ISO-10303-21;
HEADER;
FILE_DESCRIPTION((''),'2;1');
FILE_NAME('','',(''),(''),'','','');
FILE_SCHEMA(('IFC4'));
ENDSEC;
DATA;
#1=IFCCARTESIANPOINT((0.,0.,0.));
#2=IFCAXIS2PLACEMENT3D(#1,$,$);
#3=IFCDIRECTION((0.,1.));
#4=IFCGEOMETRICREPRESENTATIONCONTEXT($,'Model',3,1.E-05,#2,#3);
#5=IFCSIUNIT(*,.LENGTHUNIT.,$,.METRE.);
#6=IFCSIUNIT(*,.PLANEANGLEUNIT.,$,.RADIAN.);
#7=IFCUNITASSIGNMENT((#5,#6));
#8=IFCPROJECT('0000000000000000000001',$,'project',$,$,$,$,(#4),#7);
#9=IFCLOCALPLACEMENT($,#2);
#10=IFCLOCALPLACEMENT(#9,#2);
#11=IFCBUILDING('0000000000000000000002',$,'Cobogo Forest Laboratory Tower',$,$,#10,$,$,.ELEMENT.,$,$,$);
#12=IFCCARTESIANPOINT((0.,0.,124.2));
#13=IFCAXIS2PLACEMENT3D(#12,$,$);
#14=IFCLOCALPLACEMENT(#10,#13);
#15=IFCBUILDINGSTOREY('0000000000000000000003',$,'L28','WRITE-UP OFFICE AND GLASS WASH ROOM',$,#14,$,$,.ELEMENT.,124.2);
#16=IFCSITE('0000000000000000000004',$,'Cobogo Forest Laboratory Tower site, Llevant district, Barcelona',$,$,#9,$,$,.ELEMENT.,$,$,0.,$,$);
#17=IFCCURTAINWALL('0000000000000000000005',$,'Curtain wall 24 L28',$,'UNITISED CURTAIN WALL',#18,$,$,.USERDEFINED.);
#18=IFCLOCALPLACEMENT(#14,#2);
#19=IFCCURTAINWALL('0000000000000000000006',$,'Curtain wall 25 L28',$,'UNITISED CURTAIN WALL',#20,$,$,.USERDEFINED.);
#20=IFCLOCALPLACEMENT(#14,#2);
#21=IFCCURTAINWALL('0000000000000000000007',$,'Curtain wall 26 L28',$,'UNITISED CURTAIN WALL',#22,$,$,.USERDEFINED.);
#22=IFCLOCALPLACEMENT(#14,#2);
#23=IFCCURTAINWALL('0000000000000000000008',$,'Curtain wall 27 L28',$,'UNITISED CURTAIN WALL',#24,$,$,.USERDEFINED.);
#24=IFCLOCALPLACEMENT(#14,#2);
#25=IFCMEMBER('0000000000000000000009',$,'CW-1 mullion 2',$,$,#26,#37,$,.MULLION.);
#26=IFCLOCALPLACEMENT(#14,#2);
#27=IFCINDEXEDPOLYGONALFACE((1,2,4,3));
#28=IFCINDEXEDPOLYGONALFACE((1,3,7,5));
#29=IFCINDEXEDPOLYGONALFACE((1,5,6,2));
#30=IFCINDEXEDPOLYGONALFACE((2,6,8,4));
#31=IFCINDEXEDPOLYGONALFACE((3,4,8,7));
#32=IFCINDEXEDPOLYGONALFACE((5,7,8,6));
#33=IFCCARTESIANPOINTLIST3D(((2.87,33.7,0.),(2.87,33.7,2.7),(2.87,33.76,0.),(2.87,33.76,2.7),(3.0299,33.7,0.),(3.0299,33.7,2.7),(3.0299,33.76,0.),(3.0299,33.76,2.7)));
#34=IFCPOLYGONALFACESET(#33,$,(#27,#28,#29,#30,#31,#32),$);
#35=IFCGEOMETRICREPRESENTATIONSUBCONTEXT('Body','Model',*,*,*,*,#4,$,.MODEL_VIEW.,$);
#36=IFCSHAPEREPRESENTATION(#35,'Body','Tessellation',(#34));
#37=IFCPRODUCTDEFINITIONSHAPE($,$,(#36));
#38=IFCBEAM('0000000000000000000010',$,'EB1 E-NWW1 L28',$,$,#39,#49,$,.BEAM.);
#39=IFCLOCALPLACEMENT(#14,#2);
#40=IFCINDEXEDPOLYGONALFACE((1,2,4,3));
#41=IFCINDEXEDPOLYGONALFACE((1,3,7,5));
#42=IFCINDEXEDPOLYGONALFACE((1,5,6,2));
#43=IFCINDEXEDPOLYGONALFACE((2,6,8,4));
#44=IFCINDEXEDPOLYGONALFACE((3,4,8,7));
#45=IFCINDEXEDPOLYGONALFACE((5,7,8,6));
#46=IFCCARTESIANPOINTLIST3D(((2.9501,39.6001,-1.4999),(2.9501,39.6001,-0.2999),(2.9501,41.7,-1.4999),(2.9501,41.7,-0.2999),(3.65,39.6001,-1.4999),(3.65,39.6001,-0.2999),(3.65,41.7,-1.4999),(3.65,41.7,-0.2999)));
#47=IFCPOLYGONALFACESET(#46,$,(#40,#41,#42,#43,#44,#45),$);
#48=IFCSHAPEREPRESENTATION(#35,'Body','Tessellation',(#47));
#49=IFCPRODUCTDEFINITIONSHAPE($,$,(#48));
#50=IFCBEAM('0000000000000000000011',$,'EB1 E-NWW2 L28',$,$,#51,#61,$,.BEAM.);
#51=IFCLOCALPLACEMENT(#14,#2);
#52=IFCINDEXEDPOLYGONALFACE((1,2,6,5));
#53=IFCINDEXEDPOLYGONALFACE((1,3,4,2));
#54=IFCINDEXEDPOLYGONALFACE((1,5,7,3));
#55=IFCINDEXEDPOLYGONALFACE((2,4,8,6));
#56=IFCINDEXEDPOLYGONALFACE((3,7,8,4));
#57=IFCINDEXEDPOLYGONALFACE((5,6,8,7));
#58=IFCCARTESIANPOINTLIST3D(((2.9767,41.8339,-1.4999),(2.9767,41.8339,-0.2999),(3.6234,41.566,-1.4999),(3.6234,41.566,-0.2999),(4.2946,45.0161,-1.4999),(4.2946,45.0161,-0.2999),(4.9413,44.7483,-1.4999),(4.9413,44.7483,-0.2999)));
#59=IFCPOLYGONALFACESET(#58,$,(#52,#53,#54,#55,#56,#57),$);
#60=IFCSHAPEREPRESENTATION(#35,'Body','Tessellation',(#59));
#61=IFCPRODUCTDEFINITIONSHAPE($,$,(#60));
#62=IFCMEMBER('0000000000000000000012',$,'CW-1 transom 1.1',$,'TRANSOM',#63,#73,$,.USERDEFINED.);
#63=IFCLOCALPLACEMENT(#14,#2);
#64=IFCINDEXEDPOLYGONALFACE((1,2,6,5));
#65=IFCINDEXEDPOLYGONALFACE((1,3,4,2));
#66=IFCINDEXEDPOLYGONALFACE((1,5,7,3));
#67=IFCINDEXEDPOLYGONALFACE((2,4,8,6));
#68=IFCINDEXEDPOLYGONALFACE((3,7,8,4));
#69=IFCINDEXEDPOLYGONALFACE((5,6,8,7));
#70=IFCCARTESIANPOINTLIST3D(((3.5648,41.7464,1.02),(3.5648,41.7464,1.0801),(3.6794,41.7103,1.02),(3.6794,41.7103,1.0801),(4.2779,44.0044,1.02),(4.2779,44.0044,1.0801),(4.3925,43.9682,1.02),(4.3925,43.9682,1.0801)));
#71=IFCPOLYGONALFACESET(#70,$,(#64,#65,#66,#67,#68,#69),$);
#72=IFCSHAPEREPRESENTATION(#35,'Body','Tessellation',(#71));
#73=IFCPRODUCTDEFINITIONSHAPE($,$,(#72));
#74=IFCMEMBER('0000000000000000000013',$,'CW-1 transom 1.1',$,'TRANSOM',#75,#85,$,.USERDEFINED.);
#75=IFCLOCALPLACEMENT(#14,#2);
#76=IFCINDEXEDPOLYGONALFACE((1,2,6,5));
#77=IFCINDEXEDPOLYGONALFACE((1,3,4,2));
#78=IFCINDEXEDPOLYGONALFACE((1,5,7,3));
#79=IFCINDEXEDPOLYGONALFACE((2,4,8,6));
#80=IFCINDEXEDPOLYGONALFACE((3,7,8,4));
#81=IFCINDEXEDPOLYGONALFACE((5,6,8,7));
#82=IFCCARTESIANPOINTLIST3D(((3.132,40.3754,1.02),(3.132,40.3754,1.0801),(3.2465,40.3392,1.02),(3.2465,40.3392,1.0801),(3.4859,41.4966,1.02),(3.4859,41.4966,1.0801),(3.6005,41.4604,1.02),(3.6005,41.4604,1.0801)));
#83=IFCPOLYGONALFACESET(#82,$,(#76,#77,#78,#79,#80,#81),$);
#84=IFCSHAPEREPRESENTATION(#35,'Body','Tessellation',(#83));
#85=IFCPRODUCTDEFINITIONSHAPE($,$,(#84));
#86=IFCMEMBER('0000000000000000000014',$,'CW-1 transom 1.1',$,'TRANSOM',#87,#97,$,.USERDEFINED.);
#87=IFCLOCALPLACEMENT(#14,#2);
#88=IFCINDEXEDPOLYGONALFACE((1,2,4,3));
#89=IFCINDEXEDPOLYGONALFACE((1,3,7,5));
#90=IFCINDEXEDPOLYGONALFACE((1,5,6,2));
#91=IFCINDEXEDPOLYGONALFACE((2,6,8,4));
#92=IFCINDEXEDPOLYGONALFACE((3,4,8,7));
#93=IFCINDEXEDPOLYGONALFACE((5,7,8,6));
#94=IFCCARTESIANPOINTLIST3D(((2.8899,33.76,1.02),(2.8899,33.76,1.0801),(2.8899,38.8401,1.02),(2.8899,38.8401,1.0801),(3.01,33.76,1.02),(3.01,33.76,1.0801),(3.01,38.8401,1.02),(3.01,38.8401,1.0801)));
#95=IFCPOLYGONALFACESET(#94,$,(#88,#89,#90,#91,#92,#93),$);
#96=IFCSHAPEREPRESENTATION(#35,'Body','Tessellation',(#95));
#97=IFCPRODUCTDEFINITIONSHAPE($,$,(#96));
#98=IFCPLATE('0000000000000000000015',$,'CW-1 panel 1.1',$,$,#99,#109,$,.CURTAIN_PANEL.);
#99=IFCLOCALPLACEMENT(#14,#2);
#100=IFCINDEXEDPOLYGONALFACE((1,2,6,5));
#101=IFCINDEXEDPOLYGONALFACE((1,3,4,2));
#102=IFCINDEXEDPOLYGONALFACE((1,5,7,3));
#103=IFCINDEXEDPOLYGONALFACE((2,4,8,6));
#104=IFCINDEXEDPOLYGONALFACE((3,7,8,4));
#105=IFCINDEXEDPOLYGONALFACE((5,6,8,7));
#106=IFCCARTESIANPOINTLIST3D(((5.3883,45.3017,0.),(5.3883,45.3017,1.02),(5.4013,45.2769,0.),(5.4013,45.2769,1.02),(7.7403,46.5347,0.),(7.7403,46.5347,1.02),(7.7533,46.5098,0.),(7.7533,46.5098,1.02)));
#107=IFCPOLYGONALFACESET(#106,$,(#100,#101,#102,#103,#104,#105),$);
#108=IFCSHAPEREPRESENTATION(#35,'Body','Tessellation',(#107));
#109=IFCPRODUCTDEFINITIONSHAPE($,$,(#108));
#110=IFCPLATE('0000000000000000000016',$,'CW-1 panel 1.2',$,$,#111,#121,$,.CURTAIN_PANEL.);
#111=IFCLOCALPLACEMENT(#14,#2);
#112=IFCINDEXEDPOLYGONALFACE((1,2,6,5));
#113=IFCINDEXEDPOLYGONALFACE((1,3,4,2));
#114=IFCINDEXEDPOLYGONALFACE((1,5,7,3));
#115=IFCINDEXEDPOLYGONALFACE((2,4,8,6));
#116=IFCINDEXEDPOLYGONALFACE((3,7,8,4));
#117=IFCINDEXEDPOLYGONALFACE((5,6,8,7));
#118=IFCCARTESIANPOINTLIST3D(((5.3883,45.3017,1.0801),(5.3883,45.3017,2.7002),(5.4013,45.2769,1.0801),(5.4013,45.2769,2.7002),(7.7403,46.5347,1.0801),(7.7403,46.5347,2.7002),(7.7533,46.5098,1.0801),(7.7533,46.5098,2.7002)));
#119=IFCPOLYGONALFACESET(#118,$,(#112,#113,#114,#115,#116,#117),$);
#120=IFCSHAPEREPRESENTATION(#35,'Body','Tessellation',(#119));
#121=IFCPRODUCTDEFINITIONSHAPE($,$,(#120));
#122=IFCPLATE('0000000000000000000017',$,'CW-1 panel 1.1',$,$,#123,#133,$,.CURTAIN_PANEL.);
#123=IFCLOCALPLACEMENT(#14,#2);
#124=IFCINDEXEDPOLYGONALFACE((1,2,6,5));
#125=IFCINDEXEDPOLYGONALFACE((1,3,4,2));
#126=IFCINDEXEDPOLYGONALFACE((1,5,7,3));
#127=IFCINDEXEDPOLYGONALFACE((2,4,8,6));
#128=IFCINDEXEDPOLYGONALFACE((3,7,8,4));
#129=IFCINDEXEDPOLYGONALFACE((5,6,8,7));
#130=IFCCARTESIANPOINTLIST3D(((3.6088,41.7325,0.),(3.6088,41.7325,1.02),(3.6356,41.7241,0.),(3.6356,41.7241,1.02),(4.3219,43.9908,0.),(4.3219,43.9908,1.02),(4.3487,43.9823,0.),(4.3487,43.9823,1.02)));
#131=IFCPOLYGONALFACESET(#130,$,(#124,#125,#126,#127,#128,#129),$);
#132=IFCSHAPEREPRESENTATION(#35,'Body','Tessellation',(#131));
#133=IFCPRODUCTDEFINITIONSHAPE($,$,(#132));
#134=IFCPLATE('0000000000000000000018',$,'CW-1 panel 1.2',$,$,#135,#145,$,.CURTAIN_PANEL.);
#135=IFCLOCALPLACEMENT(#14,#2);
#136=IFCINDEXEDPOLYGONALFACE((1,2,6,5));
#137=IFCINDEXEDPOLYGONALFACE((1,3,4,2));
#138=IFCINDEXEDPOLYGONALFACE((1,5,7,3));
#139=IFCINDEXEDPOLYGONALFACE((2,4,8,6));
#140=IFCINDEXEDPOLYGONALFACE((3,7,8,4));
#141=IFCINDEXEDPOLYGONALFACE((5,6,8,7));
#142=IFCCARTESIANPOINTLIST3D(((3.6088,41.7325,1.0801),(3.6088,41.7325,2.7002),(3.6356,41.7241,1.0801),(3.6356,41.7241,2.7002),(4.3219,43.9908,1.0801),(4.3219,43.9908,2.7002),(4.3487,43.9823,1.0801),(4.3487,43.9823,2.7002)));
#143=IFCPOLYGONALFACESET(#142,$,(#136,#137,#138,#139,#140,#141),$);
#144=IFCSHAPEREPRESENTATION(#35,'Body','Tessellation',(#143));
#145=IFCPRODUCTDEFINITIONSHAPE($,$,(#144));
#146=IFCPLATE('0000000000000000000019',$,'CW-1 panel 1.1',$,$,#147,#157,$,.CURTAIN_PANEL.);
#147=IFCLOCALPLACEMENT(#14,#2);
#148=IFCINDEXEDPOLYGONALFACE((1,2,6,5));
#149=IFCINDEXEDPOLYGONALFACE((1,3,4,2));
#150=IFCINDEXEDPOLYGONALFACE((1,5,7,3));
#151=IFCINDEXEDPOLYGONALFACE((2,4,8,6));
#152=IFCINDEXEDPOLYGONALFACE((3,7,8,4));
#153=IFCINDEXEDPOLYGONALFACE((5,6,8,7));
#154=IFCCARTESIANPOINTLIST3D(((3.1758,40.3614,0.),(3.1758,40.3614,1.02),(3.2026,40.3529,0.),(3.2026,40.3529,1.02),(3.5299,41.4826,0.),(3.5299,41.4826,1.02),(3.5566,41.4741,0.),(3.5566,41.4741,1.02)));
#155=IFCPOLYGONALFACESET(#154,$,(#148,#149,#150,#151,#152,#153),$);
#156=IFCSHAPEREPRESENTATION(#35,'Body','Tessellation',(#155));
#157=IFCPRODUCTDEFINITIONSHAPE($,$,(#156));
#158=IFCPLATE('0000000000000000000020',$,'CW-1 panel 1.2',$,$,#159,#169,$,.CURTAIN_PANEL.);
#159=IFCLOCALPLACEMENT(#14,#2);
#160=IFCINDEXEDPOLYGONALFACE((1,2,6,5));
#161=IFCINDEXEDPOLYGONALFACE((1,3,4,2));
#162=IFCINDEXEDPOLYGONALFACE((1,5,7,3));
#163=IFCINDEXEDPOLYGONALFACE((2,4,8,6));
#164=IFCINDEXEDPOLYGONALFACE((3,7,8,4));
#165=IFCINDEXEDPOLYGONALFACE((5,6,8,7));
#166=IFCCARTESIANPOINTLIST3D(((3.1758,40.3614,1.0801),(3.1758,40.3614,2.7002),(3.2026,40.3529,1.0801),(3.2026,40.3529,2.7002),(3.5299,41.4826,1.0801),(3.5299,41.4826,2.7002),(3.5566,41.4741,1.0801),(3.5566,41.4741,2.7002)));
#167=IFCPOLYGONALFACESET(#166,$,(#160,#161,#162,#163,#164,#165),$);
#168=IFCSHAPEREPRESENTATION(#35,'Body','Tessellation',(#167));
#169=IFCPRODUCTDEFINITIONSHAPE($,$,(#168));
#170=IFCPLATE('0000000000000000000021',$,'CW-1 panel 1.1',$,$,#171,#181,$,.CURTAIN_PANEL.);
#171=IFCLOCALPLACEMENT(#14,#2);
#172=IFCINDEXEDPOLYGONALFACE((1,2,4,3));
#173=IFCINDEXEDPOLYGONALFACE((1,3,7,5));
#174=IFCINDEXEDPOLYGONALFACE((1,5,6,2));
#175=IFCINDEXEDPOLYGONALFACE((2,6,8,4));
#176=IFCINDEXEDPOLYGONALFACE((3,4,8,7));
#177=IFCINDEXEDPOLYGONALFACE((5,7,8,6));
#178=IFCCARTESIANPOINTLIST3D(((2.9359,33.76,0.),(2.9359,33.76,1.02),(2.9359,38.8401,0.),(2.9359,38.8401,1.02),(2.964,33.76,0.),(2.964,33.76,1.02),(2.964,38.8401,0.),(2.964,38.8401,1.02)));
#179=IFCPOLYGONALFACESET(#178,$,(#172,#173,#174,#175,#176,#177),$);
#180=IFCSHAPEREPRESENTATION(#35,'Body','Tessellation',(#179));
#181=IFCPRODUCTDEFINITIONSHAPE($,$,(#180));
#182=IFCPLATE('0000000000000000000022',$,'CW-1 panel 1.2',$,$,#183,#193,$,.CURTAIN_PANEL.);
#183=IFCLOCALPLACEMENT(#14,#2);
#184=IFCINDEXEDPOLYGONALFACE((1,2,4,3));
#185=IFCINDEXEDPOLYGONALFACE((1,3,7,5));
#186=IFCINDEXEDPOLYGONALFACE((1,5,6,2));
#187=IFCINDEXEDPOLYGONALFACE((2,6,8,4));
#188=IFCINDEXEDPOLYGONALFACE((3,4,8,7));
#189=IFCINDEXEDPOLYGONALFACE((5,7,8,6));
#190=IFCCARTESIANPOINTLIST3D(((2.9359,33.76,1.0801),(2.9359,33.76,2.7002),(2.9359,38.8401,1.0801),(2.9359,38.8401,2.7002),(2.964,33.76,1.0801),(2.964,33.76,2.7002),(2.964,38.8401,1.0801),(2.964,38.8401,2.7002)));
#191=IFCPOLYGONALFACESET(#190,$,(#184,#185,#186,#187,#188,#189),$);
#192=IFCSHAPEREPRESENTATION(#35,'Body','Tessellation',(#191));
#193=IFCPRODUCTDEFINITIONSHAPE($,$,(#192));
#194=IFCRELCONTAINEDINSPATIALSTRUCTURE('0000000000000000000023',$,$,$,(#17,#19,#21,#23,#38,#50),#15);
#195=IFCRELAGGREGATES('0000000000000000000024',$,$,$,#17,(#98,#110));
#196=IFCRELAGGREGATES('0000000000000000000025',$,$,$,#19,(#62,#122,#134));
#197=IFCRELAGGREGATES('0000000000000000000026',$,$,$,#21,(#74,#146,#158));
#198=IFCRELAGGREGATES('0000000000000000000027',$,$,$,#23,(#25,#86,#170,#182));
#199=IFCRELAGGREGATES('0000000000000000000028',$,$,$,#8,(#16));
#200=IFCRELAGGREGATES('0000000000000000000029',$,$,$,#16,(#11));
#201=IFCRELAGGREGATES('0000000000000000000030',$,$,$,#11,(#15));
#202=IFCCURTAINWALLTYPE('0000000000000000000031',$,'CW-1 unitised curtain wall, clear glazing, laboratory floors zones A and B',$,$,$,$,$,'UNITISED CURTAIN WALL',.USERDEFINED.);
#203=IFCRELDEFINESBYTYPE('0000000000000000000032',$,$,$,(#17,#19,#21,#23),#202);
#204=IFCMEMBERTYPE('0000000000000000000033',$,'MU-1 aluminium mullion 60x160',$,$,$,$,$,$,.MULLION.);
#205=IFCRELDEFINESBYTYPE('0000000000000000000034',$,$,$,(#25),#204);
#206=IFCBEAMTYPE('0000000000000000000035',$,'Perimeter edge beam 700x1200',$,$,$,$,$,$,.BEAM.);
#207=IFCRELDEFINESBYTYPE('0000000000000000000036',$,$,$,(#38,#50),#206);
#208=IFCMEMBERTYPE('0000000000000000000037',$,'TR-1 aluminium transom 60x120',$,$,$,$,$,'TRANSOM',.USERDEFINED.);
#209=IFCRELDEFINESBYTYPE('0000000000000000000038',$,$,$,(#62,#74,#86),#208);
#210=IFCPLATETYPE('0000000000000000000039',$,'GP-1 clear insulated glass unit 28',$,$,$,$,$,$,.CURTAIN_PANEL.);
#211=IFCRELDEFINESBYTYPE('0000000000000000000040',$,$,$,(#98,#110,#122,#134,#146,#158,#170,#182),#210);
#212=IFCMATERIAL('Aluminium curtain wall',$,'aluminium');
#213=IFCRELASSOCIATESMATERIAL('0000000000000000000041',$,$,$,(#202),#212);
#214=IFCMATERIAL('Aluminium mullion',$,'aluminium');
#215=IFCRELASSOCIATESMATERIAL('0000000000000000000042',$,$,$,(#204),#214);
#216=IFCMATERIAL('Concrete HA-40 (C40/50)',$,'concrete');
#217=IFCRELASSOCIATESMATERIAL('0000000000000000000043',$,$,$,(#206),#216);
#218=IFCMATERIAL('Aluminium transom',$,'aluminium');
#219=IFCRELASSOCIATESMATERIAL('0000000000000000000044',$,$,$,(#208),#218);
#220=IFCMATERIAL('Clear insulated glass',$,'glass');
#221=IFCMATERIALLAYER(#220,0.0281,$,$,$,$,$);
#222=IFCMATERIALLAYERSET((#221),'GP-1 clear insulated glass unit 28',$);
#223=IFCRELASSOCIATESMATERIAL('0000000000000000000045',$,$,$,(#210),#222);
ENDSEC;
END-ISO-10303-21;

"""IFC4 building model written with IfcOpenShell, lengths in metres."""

from ifc_helpers import new_model, si_unit, direction, frame, origin, origin_2d, place, context, subcontext, project, spatial, rectangle, extrude, material, layer, layer_set, material_profile, profile_set, type_object, element, aggregate, save


model = new_model("IFC4")

# Units and contexts
model_context = context("Model", 3, precision=1e-05, world=origin(), true_north=direction((0.0, 1.0)))
body_context = subcontext(model_context, "Body", "Model", "MODEL_VIEW")
ifc_project = project(units=[si_unit("LENGTHUNIT", "METRE"), si_unit("PLANEANGLEUNIT", "RADIAN")], contexts=[model_context])

# Site, building, storey
site_placement = place(None, origin())
site = spatial("IfcSite", under=ifc_project, at=site_placement, Name="Cobogo Forest Laboratory Tower site, Llevant district, Barcelona", CompositionType="ELEMENT", RefElevation=0.0)
building_placement = place(site_placement, origin())
building = spatial("IfcBuilding", under=site, at=building_placement, Name="Cobogo Forest Laboratory Tower", CompositionType="ELEMENT")
storey_placement = place(building_placement, frame((0.0, 0.0, 124.2)))
storey = spatial("IfcBuildingStorey", under=building, at=storey_placement, Name="L28", Description="WRITE-UP OFFICE AND GLASS WASH ROOM", CompositionType="ELEMENT", Elevation=124.2)

# Shared definitions
ifc_material_1 = material(Name="Concrete HA-40 (C40/50)", Category="concrete")

# Curtain wall
ifc_material_2 = material(Name="Aluminium curtain wall", Category="aluminium")
curtain_wall_type = type_object("IfcCurtainWallType", Name="CW-1 unitised curtain wall, clear glazing, laboratory floors zones A and B", ElementType="UNITISED CURTAIN WALL", PredefinedType="USERDEFINED", material=ifc_material_2)
curtain_wall_1_placement = place(storey_placement, origin())
curtain_wall_1 = element("IfcCurtainWall", 1, at=curtain_wall_1_placement, inside=storey, type_object=curtain_wall_type, Name="Curtain wall 24 L28", ObjectType="UNITISED CURTAIN WALL", PredefinedType="USERDEFINED")
ifc_material_3 = material(Name="Aluminium mullion", Category="aluminium")
ifc_material_profile_1 = material_profile(ifc_material_3, rectangle(XDim=0.0601, YDim=0.1599, at=origin_2d()), Name="AL 60x160")
ifc_profile_set_1 = profile_set([ifc_material_profile_1], Name="Aluminium mullion")
member_type_1 = type_object("IfcMemberType", Name="MU-1 aluminium mullion 60x160", PredefinedType="MULLION", material=ifc_profile_set_1)

# Curtain walls, member
curtain_wall_2_placement = place(storey_placement, origin())
curtain_wall_2 = element("IfcCurtainWall", 2, at=curtain_wall_2_placement, inside=storey, type_object=curtain_wall_type, Name="Curtain wall 25 L28", ObjectType="UNITISED CURTAIN WALL", PredefinedType="USERDEFINED")
curtain_wall_3_placement = place(storey_placement, origin())
curtain_wall_3 = element("IfcCurtainWall", 3, at=curtain_wall_3_placement, inside=storey, type_object=curtain_wall_type, Name="Curtain wall 26 L28", ObjectType="UNITISED CURTAIN WALL", PredefinedType="USERDEFINED")
curtain_wall_4_placement = place(storey_placement, origin())
curtain_wall_4 = element("IfcCurtainWall", 4, at=curtain_wall_4_placement, inside=storey, type_object=curtain_wall_type, Name="Curtain wall 27 L28", ObjectType="UNITISED CURTAIN WALL", PredefinedType="USERDEFINED")
member_1_placement = place(storey_placement, frame((2.95, 33.73, 0.0), z_axis=(0.0, 0.0, 1.0), x_axis=(0.0, -1.0, 0.0)))
member_1 = element("IfcMember", 5, at=member_1_placement, type_object=member_type_1, Name="CW-1 mullion 2", PredefinedType="MULLION", context=body_context, shape_type="SweptSolid", body=[
    extrude(rectangle(XDim=0.0601, YDim=0.1599, at=origin_2d()), origin(), (0.0, 0.0, 1.0), 2.7),
])

# Beams
ifc_material_profile_2 = material_profile(ifc_material_1, rectangle(XDim=0.7, YDim=1.2, at=origin_2d()), Name="RC 700x1200")
ifc_profile_set_2 = profile_set([ifc_material_profile_2], Name="Concrete HA-40 (C40/50)")
beam_type_1 = type_object("IfcBeamType", Name="Perimeter edge beam 700x1200", PredefinedType="BEAM", material=ifc_profile_set_2)
beam_1_placement = place(storey_placement, frame((3.3, 39.6001, -0.8999), z_axis=(0.0, 1.0, 0.0), x_axis=(-1.0, 0.0, 0.0)))
element("IfcBeam", 6, at=beam_1_placement, inside=storey, type_object=beam_type_1, Name="EB1 E-NWW1 L28", PredefinedType="BEAM", context=body_context, shape_type="SweptSolid", body=[
    extrude(rectangle(XDim=0.7, YDim=1.2, at=origin_2d()), origin(), (0.0, 0.0, 1.0), 2.0999),
])
beam_2_placement = place(storey_placement, frame((3.3, 41.7, -0.8999), z_axis=(0.382631, 0.923901, 0.0), x_axis=(-0.923901, 0.382631, 0.0)))
element("IfcBeam", 7, at=beam_2_placement, inside=storey, type_object=beam_type_1, Name="EB1 E-NWW2 L28", PredefinedType="BEAM", context=body_context, shape_type="SweptSolid", body=[
    extrude(rectangle(XDim=0.7, YDim=1.2, at=origin_2d()), origin(), (0.0, 0.0, 1.0), 3.4443),
])

# Members
ifc_material_4 = material(Name="Aluminium transom", Category="aluminium")
ifc_material_profile_3 = material_profile(ifc_material_4, rectangle(XDim=0.1201, YDim=0.0601, at=origin_2d()), Name="AL 60x120")
ifc_profile_set_3 = profile_set([ifc_material_profile_3], Name="Aluminium transom")
member_type_2 = type_object("IfcMemberType", Name="TR-1 aluminium transom 60x120", ElementType="TRANSOM", PredefinedType="USERDEFINED", material=ifc_profile_set_3)
member_2_placement = place(storey_placement, frame((4.3352, 43.9863, 1.05), z_axis=(-0.301156, -0.953575, 0.0), x_axis=(0.953575, -0.301156, 0.0)))
member_2 = element("IfcMember", 8, at=member_2_placement, type_object=member_type_2, Name="CW-1 transom 1.1", ObjectType="TRANSOM", PredefinedType="USERDEFINED", context=body_context, shape_type="SweptSolid", body=[
    extrude(rectangle(XDim=0.1201, YDim=0.0601, at=origin_2d()), origin(), (0.0, 0.0, 1.0), 2.3679),
])
member_3_placement = place(storey_placement, frame((3.5432, 41.4785, 1.05), z_axis=(-0.301052, -0.953608, 0.0), x_axis=(0.953608, -0.301052, 0.0)))
member_3 = element("IfcMember", 9, at=member_3_placement, type_object=member_type_2, Name="CW-1 transom 1.1", ObjectType="TRANSOM", PredefinedType="USERDEFINED", context=body_context, shape_type="SweptSolid", body=[
    extrude(rectangle(XDim=0.1201, YDim=0.0601, at=origin_2d()), origin(), (0.0, 0.0, 1.0), 1.1758),
])
member_4_placement = place(storey_placement, frame((2.95, 38.8401, 1.05), z_axis=(0.0, -1.0, 0.0), x_axis=(1.0, 0.0, 0.0)))
member_4 = element("IfcMember", 10, at=member_4_placement, type_object=member_type_2, Name="CW-1 transom 1.1", ObjectType="TRANSOM", PredefinedType="USERDEFINED", context=body_context, shape_type="SweptSolid", body=[
    extrude(rectangle(XDim=0.1201, YDim=0.0601, at=origin_2d()), origin(), (0.0, 0.0, 1.0), 5.0801),
])

# Plates
ifc_material_5 = material(Name="Clear insulated glass", Category="glass")
ifc_layer_1 = layer(ifc_material_5, 0.0281)
ifc_layer_set_1 = layer_set([ifc_layer_1], Name="GP-1 clear insulated glass unit 28")
plate_type_1 = type_object("IfcPlateType", Name="GP-1 clear insulated glass unit 28", PredefinedType="CURTAIN_PANEL", material=ifc_layer_set_1)
plate_1_placement = place(storey_placement, frame((6.5708, 45.9058, 0.0), z_axis=(0.0, 0.0, 1.0), x_axis=(-0.885687, -0.464284, 0.0)))
plate_1 = element("IfcPlate", 11, at=plate_1_placement, type_object=plate_type_1, Name="CW-1 panel 1.1", PredefinedType="CURTAIN_PANEL", context=body_context, shape_type="SweptSolid", body=[
    extrude(rectangle(XDim=2.6555, YDim=0.0281, at=origin_2d()), origin(), (0.0, 0.0, 1.0), 1.02),
])
plate_2_placement = place(storey_placement, frame((6.5708, 45.9058, 1.0801), z_axis=(0.0, 0.0, 1.0), x_axis=(-0.885687, -0.464284, 0.0)))
plate_2 = element("IfcPlate", 12, at=plate_2_placement, type_object=plate_type_1, Name="CW-1 panel 1.2", PredefinedType="CURTAIN_PANEL", context=body_context, shape_type="SweptSolid", body=[
    extrude(rectangle(XDim=2.6555, YDim=0.0281, at=origin_2d()), origin(), (0.0, 0.0, 1.0), 1.6201),
])
aggregate(curtain_wall_1, [plate_1, plate_2])
plate_3_placement = place(storey_placement, frame((3.9788, 42.8574, 0.0), z_axis=(0.0, 0.0, 1.0), x_axis=(-0.301135, -0.953581, 0.0)))
plate_3 = element("IfcPlate", 13, at=plate_3_placement, type_object=plate_type_1, Name="CW-1 panel 1.1", PredefinedType="CURTAIN_PANEL", context=body_context, shape_type="SweptSolid", body=[
    extrude(rectangle(XDim=2.3682, YDim=0.0281, at=origin_2d()), origin(), (0.0, 0.0, 1.0), 1.02),
])
plate_4_placement = place(storey_placement, frame((3.9788, 42.8574, 1.0801), z_axis=(0.0, 0.0, 1.0), x_axis=(-0.301135, -0.953581, 0.0)))
plate_4 = element("IfcPlate", 14, at=plate_4_placement, type_object=plate_type_1, Name="CW-1 panel 1.2", PredefinedType="CURTAIN_PANEL", context=body_context, shape_type="SweptSolid", body=[
    extrude(rectangle(XDim=2.3682, YDim=0.0281, at=origin_2d()), origin(), (0.0, 0.0, 1.0), 1.6201),
])
aggregate(curtain_wall_2, [member_2, plate_3, plate_4])
plate_5_placement = place(storey_placement, frame((3.3662, 40.9177, 0.0), z_axis=(0.0, 0.0, 1.0), x_axis=(-0.301135, -0.953581, 0.0)))
plate_5 = element("IfcPlate", 15, at=plate_5_placement, type_object=plate_type_1, Name="CW-1 panel 1.1", PredefinedType="CURTAIN_PANEL", context=body_context, shape_type="SweptSolid", body=[
    extrude(rectangle(XDim=1.1758, YDim=0.0281, at=origin_2d()), origin(), (0.0, 0.0, 1.0), 1.02),
])
plate_6_placement = place(storey_placement, frame((3.3662, 40.9177, 1.0801), z_axis=(0.0, 0.0, 1.0), x_axis=(-0.301135, -0.953581, 0.0)))
plate_6 = element("IfcPlate", 16, at=plate_6_placement, type_object=plate_type_1, Name="CW-1 panel 1.2", PredefinedType="CURTAIN_PANEL", context=body_context, shape_type="SweptSolid", body=[
    extrude(rectangle(XDim=1.1758, YDim=0.0281, at=origin_2d()), origin(), (0.0, 0.0, 1.0), 1.6201),
])
aggregate(curtain_wall_3, [member_3, plate_5, plate_6])
plate_7_placement = place(storey_placement, frame((2.95, 36.3, 0.0), z_axis=(0.0, 0.0, 1.0), x_axis=(0.0, -1.0, 0.0)))
plate_7 = element("IfcPlate", 17, at=plate_7_placement, type_object=plate_type_1, Name="CW-1 panel 1.1", PredefinedType="CURTAIN_PANEL", context=body_context, shape_type="SweptSolid", body=[
    extrude(rectangle(XDim=5.0801, YDim=0.0281, at=origin_2d()), origin(), (0.0, 0.0, 1.0), 1.02),
])
plate_8_placement = place(storey_placement, frame((2.95, 36.3, 1.0801), z_axis=(0.0, 0.0, 1.0), x_axis=(0.0, -1.0, 0.0)))
plate_8 = element("IfcPlate", 18, at=plate_8_placement, type_object=plate_type_1, Name="CW-1 panel 1.2", PredefinedType="CURTAIN_PANEL", context=body_context, shape_type="SweptSolid", body=[
    extrude(rectangle(XDim=5.0801, YDim=0.0281, at=origin_2d()), origin(), (0.0, 0.0, 1.0), 1.6201),
])
aggregate(curtain_wall_4, [member_1, member_4, plate_7, plate_8])

save(model, "model.ifc")
